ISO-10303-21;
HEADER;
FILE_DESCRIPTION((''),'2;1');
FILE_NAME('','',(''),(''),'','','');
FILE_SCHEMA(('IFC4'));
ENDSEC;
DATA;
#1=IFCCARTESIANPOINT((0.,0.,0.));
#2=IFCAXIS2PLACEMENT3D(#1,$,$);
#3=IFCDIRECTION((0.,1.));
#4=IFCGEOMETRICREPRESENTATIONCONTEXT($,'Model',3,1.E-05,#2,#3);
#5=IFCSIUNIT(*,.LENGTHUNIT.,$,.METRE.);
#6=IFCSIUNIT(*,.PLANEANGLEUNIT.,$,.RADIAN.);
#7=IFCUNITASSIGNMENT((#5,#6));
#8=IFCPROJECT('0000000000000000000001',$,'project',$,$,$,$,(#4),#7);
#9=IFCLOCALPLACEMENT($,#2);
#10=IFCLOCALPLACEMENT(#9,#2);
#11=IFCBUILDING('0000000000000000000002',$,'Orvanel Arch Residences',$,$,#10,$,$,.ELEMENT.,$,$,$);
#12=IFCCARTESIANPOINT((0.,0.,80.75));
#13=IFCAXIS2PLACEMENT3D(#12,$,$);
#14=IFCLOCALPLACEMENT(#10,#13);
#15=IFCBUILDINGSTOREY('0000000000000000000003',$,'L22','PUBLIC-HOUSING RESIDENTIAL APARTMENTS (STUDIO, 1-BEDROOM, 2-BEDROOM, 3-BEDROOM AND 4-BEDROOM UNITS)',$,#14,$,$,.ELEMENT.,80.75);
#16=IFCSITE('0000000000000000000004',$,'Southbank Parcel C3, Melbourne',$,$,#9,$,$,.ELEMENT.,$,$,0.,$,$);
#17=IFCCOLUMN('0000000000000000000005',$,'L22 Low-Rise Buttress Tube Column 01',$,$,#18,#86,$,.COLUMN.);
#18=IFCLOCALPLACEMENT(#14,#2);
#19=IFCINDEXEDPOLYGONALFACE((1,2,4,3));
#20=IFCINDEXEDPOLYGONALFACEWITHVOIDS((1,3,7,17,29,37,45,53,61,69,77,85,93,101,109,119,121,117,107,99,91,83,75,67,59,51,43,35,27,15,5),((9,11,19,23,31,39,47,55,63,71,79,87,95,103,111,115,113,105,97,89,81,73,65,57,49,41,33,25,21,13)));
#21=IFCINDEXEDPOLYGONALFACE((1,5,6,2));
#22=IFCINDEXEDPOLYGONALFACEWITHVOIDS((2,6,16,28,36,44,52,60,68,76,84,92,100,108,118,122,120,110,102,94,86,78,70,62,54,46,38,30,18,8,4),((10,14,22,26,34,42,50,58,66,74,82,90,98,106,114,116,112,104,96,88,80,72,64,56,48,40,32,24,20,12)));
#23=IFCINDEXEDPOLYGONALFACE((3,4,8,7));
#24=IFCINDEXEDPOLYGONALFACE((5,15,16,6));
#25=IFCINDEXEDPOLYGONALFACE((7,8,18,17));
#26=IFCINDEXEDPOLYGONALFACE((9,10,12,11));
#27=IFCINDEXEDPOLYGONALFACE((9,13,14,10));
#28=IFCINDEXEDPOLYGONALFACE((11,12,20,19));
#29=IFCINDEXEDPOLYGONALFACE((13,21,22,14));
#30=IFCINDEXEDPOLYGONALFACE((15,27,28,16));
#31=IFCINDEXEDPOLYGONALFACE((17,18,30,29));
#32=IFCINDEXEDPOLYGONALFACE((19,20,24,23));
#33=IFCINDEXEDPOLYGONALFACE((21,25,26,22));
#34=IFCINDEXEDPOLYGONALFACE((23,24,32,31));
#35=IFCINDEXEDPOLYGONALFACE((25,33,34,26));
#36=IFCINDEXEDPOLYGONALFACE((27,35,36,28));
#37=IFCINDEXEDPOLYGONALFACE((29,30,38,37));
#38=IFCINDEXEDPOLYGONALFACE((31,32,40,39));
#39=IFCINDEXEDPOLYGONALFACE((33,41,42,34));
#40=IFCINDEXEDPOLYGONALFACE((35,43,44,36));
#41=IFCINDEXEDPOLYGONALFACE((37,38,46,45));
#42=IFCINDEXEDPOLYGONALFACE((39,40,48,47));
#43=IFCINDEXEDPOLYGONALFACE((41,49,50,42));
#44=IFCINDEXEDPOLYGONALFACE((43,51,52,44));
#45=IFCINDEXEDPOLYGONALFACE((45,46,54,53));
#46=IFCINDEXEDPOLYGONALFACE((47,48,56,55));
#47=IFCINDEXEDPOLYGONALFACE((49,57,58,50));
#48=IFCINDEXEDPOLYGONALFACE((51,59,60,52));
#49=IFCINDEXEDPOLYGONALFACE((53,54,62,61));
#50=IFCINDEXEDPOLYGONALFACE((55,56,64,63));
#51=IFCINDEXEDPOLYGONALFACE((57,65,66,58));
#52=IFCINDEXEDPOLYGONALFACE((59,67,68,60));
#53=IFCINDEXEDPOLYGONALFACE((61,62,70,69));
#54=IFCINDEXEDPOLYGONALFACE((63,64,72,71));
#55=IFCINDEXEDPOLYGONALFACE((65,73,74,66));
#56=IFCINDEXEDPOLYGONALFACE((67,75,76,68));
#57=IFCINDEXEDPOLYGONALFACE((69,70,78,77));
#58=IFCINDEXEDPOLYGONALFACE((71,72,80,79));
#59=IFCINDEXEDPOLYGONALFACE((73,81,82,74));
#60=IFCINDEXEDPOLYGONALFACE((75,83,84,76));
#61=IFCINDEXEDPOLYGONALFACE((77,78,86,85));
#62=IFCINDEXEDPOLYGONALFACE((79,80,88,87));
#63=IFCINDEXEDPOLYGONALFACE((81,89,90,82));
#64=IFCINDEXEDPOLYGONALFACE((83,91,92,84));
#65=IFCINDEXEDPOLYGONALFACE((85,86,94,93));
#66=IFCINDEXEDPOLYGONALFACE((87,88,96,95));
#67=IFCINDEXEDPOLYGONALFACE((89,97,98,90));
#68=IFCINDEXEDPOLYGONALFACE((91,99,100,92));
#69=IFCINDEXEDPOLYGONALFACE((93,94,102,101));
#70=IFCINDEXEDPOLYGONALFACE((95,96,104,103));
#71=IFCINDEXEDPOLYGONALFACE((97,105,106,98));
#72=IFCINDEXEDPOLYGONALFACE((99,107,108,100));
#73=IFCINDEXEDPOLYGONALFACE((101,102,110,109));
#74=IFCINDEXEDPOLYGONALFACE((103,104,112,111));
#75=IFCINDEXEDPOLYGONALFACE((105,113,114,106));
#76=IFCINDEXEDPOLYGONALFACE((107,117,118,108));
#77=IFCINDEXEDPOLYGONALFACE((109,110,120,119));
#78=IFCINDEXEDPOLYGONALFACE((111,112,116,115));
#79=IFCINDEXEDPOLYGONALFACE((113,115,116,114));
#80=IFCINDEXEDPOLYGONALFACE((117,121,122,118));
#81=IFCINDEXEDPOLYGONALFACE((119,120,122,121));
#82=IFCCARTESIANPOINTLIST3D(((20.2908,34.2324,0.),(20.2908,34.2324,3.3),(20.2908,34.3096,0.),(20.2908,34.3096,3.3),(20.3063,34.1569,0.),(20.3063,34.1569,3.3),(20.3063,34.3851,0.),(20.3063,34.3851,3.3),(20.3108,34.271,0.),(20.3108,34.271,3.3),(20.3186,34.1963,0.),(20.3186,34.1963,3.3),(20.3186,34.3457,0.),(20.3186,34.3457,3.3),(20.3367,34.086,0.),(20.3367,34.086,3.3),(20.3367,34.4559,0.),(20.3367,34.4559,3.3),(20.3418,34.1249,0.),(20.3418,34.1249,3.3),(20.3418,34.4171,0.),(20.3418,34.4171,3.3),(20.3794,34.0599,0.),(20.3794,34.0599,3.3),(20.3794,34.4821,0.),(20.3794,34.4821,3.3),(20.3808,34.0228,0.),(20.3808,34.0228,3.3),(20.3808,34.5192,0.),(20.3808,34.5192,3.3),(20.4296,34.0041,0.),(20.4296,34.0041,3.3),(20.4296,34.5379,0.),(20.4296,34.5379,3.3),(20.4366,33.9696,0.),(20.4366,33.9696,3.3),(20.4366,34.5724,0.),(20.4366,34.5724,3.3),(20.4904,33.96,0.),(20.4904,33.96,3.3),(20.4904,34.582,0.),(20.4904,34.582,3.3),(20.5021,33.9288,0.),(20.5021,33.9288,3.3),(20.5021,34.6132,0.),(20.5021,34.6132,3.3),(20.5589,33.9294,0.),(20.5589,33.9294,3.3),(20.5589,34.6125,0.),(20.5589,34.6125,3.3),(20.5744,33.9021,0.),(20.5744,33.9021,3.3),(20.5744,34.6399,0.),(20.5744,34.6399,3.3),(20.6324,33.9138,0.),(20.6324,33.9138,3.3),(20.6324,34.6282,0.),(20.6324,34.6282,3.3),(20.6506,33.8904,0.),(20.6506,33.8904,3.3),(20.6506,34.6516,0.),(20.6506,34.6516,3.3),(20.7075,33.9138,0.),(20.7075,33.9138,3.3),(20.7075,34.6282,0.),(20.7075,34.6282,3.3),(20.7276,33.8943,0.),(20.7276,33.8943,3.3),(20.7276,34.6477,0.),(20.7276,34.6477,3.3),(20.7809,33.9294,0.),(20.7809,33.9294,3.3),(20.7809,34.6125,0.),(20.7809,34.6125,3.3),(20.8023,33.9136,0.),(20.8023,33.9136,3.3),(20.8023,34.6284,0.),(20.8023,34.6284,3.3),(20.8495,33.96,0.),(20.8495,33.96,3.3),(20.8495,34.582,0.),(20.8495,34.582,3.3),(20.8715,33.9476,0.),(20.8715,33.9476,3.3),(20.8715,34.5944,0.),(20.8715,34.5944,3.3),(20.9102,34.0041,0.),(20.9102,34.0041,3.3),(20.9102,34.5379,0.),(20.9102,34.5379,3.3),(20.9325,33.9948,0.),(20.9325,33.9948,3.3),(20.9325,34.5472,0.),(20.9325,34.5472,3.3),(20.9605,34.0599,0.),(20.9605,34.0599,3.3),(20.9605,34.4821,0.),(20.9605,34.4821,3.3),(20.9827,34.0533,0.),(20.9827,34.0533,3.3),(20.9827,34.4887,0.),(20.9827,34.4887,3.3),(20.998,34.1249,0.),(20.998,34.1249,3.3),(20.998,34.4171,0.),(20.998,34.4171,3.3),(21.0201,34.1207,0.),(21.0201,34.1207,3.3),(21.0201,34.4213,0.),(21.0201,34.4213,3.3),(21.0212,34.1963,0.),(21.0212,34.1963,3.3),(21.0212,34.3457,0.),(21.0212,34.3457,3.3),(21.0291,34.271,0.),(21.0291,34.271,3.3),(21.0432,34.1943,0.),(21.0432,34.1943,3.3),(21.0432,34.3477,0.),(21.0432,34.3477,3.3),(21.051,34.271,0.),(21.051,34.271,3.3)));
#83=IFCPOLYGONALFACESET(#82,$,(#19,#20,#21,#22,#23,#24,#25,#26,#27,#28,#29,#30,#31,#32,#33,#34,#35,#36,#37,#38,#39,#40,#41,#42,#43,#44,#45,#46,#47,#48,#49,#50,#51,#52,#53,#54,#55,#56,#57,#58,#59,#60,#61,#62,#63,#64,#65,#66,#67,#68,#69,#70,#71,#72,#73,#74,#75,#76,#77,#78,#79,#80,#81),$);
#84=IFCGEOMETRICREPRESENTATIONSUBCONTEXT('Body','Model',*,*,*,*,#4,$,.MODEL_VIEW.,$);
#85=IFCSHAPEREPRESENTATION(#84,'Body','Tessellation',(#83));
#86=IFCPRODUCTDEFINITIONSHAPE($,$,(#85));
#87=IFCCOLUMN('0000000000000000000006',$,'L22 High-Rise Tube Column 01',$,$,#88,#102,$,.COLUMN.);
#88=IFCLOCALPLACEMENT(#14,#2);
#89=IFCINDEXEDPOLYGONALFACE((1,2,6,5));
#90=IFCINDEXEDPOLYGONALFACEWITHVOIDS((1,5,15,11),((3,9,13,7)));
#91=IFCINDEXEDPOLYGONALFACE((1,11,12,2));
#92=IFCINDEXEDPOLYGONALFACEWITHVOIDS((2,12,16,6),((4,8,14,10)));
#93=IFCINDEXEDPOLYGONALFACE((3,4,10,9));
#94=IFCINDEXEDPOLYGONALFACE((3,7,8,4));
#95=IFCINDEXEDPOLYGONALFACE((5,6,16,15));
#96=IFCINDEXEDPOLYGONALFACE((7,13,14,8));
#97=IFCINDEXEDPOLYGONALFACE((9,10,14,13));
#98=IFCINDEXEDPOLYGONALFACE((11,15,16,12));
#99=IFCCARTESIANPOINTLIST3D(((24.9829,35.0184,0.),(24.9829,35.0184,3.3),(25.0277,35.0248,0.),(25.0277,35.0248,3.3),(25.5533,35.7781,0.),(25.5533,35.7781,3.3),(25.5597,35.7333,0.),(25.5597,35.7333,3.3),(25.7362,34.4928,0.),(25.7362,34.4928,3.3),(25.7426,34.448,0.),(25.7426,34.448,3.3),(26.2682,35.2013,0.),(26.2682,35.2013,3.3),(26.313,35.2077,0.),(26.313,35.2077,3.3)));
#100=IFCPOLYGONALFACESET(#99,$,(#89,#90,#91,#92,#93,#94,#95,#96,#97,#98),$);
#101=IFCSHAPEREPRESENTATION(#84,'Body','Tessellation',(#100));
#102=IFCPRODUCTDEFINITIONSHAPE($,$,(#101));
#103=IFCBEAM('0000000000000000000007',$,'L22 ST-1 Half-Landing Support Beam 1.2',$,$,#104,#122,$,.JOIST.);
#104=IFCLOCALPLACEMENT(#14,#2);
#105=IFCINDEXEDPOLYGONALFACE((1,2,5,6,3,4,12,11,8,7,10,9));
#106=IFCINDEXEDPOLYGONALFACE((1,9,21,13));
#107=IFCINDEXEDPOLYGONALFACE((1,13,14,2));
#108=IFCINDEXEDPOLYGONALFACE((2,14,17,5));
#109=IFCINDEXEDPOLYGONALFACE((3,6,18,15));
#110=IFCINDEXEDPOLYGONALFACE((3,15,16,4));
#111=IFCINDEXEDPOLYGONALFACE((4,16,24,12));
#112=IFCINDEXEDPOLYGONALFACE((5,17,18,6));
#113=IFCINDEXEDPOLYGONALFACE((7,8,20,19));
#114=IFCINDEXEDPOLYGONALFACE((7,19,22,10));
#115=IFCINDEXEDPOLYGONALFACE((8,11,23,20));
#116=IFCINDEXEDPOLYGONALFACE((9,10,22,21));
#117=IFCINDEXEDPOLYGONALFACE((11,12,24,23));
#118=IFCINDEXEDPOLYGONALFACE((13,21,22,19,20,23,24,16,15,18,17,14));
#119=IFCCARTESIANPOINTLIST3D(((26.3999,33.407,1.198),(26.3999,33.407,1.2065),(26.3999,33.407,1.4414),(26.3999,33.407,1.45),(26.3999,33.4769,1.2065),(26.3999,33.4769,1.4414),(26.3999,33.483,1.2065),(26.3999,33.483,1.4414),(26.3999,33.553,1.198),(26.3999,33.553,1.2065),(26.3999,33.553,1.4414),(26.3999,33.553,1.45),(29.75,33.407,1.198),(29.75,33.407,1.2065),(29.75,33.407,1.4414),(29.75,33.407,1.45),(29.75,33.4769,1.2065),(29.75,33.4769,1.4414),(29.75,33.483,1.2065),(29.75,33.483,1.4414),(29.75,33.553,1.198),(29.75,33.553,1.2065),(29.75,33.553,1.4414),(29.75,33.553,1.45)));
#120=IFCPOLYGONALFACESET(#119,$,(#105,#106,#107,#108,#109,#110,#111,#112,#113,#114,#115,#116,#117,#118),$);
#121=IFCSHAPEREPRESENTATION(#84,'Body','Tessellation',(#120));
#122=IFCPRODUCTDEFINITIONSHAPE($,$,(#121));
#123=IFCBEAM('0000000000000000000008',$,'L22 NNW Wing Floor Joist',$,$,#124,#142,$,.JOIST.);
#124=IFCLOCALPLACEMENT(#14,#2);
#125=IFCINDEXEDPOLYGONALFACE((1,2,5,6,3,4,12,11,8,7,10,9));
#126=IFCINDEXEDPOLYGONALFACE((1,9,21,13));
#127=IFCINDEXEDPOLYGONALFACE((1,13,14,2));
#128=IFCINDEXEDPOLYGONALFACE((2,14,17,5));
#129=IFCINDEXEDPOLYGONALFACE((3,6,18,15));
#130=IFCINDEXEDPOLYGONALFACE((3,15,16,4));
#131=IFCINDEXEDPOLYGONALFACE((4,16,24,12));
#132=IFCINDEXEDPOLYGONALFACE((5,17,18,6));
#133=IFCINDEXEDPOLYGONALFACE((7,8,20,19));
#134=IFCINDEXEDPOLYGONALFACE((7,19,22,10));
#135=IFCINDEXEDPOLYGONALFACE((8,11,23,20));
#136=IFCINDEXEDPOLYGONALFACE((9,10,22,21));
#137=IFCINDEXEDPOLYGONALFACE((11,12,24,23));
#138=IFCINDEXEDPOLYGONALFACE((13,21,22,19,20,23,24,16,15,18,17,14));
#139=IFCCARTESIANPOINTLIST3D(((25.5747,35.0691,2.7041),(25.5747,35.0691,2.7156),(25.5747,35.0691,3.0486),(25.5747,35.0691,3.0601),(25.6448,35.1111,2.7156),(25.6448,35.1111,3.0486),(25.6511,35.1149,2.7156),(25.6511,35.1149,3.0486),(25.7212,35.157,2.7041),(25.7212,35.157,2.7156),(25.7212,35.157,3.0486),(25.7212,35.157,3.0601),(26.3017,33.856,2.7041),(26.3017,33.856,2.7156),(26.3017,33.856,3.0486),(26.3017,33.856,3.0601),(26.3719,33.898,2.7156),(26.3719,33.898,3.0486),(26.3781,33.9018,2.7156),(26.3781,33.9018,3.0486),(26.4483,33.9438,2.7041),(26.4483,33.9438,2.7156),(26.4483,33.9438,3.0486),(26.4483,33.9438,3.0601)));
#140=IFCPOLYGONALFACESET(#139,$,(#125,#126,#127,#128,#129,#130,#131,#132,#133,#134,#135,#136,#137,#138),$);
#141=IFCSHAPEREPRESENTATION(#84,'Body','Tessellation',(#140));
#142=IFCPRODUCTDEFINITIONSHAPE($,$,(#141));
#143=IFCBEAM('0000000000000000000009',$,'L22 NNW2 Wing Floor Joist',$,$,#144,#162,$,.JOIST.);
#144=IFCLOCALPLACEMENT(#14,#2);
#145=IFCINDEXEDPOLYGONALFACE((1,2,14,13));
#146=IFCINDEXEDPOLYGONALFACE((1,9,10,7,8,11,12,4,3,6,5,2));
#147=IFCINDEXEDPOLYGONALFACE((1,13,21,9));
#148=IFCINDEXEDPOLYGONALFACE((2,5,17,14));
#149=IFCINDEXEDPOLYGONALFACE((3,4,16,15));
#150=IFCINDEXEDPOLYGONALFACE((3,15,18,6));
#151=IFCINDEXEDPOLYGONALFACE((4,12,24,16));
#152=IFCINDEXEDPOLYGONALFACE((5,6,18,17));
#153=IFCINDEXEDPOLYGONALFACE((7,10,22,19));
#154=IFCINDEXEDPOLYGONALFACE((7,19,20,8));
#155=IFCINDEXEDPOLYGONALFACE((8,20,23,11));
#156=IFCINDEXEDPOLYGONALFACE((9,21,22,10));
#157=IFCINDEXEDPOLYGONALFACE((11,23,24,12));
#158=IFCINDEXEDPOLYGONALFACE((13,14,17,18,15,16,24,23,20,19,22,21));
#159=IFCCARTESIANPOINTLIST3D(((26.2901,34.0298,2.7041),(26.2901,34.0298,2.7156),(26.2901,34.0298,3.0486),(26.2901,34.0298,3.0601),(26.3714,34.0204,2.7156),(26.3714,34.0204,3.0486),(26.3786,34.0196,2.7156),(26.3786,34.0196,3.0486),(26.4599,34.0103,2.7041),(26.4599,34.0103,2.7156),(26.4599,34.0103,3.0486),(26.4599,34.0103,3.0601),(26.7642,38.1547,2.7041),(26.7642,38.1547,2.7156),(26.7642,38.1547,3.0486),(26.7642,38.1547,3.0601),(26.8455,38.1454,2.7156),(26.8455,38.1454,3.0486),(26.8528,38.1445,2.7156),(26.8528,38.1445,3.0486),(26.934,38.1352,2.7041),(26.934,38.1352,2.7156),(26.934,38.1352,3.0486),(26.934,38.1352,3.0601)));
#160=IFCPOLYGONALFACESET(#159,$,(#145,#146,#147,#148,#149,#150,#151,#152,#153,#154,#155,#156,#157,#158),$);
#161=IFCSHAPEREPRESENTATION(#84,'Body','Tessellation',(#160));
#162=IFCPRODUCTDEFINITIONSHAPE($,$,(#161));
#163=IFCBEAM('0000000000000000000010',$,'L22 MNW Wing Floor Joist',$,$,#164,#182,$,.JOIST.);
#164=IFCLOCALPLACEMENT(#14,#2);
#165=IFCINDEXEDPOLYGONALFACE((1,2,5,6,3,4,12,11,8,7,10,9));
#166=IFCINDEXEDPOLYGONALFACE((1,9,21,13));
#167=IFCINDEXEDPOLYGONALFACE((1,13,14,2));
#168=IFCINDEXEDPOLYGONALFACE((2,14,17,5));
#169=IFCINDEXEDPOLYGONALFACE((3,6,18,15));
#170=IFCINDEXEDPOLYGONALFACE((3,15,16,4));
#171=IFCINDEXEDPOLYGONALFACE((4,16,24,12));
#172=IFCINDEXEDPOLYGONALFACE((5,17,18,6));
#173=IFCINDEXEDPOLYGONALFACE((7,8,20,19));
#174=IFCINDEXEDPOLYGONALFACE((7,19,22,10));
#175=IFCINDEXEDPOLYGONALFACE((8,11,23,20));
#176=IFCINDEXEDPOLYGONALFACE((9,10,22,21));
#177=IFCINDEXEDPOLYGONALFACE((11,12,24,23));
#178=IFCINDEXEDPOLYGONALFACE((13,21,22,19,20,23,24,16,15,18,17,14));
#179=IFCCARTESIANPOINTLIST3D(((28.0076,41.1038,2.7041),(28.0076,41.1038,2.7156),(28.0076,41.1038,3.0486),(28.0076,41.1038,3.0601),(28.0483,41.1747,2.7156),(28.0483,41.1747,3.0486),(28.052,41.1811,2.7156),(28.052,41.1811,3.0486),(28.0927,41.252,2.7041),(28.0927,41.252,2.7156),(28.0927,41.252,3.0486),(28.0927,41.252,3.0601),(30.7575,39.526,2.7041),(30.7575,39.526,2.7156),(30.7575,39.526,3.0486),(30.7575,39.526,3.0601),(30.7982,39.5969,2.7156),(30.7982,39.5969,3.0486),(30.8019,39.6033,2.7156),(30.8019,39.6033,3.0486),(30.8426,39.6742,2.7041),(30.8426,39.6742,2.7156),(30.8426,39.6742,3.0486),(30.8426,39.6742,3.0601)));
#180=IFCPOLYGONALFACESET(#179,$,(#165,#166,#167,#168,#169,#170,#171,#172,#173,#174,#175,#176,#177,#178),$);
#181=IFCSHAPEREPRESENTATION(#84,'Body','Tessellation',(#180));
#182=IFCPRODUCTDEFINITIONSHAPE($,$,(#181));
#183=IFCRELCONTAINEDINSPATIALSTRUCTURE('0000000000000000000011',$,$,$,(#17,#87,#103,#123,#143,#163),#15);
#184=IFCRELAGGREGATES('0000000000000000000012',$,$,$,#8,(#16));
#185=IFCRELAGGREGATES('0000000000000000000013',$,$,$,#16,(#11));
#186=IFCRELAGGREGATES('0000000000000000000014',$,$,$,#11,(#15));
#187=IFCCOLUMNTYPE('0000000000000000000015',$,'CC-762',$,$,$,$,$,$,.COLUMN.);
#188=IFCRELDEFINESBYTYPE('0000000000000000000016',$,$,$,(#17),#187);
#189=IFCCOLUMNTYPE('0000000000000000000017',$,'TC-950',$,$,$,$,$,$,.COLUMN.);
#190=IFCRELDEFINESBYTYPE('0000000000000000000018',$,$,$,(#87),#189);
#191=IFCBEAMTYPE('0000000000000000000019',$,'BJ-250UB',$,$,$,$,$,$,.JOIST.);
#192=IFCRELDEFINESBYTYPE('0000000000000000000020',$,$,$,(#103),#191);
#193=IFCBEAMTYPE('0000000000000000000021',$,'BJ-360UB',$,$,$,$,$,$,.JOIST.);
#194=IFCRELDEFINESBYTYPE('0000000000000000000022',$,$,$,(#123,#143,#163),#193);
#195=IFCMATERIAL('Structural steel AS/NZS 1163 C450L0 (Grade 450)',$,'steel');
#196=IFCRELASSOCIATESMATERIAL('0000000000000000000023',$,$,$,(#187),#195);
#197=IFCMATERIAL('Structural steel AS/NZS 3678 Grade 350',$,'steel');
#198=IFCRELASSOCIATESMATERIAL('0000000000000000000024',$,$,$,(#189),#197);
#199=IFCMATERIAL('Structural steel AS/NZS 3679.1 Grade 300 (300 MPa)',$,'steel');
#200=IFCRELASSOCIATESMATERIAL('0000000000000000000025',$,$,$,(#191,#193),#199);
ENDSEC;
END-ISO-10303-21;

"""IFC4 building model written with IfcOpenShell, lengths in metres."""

from ifc_helpers import new_model, si_unit, direction, frame, origin, origin_2d, place, context, subcontext, project, spatial, hollow_rectangle, hollow_circle, i_section, extrude, material, material_profile, profile_set, type_object, element, save


model = new_model("IFC4")

# Units and contexts
model_context = context("Model", 3, precision=1e-05, world=origin(), true_north=direction((0.0, 1.0)))
body_context = subcontext(model_context, "Body", "Model", "MODEL_VIEW")
ifc_project = project(units=[si_unit("LENGTHUNIT", "METRE"), si_unit("PLANEANGLEUNIT", "RADIAN")], contexts=[model_context])

# Site, building, storey
site_placement = place(None, origin())
site = spatial("IfcSite", under=ifc_project, at=site_placement, Name="Southbank Parcel C3, Melbourne", CompositionType="ELEMENT", RefElevation=0.0)
building_placement = place(site_placement, origin())
building = spatial("IfcBuilding", under=site, at=building_placement, Name="Orvanel Arch Residences", CompositionType="ELEMENT")
storey_placement = place(building_placement, frame((0.0, 0.0, 80.75)))
storey = spatial("IfcBuildingStorey", under=building, at=storey_placement, Name="L22", Description="PUBLIC-HOUSING RESIDENTIAL APARTMENTS (STUDIO, 1-BEDROOM, 2-BEDROOM, 3-BEDROOM AND 4-BEDROOM UNITS)", CompositionType="ELEMENT", Elevation=80.75)

# Columns
ifc_material_1 = material(Name="Structural steel AS/NZS 1163 C450L0 (Grade 450)", Category="steel")
ifc_material_profile_1 = material_profile(ifc_material_1, hollow_circle(Radius=0.3811, WallThickness=0.022, at=origin_2d()), Name="CHS762x22")
ifc_profile_set_1 = profile_set([ifc_material_profile_1], Name="Structural steel AS/NZS 1163 C450L0 (Grade 450)")
column_type_1 = type_object("IfcColumnType", Name="CC-762", PredefinedType="COLUMN", material=ifc_profile_set_1)
column_1_placement = place(storey_placement, frame((20.6699, 34.271, 0.0), z_axis=(0.0, 0.0, 1.0), x_axis=(1.0, 0.0, 0.0)))
element("IfcColumn", 1, at=column_1_placement, inside=storey, type_object=column_type_1, Name="L22 Low-Rise Buttress Tube Column 01", PredefinedType="COLUMN", context=body_context, shape_type="SweptSolid", body=[
    extrude(hollow_circle(Radius=0.3811, WallThickness=0.022, at=origin_2d()), origin(), (0.0, 0.0, 1.0), 3.3),
])
ifc_material_2 = material(Name="Structural steel AS/NZS 3678 Grade 350", Category="steel")
ifc_material_profile_2 = material_profile(ifc_material_2, hollow_rectangle(XDim=0.95, YDim=0.95, WallThickness=0.032, at=origin_2d()), Name="BOX950x950x32")
ifc_profile_set_2 = profile_set([ifc_material_profile_2], Name="Structural steel AS/NZS 3678 Grade 350")
column_type_2 = type_object("IfcColumnType", Name="TC-950", PredefinedType="COLUMN", material=ifc_profile_set_2)
column_2_placement = place(storey_placement, frame((25.6479, 35.113, 0.0), z_axis=(0.0, 0.0, 1.0), x_axis=(0.60042, 0.799685, 0.0)))
element("IfcColumn", 2, at=column_2_placement, inside=storey, type_object=column_type_2, Name="L22 High-Rise Tube Column 01", PredefinedType="COLUMN", context=body_context, shape_type="SweptSolid", body=[
    extrude(hollow_rectangle(XDim=0.95, YDim=0.95, WallThickness=0.032, at=origin_2d()), origin(), (0.0, 0.0, 1.0), 3.3),
])

# Beams
ifc_material_3 = material(Name="Structural steel AS/NZS 3679.1 Grade 300 (300 MPa)", Category="steel")
ifc_material_profile_3 = material_profile(ifc_material_3, i_section(OverallWidth=0.146, OverallDepth=0.252, WebThickness=0.0061, FlangeThickness=0.0085, at=origin_2d()), Name="250UB31.4")
ifc_profile_set_3 = profile_set([ifc_material_profile_3], Name="Structural steel AS/NZS 3679.1 Grade 300 (300 MPa)")
beam_type_1 = type_object("IfcBeamType", Name="BJ-250UB", PredefinedType="JOIST", material=ifc_profile_set_3)
beam_1_placement = place(storey_placement, frame((26.3999, 33.48, 1.324), z_axis=(1.0, 0.0, 0.0), x_axis=(0.0, 1.0, 0.0)))
element("IfcBeam", 3, at=beam_1_placement, inside=storey, type_object=beam_type_1, Name="L22 ST-1 Half-Landing Support Beam 1.2", PredefinedType="JOIST", context=body_context, shape_type="SweptSolid", body=[
    extrude(i_section(OverallWidth=0.146, OverallDepth=0.252, WebThickness=0.0061, FlangeThickness=0.0085, at=origin_2d()), origin(), (0.0, 0.0, 1.0), 3.3501),
])
ifc_material_profile_4 = material_profile(ifc_material_3, i_section(OverallWidth=0.1709, OverallDepth=0.356, WebThickness=0.0073, FlangeThickness=0.0115, at=origin_2d()), Name="360UB50.7")
ifc_profile_set_4 = profile_set([ifc_material_profile_4], Name="Structural steel AS/NZS 3679.1 Grade 300 (300 MPa)")
beam_type_2 = type_object("IfcBeamType", Name="BJ-360UB", PredefinedType="JOIST", material=ifc_profile_set_4)
beam_2_placement = place(storey_placement, frame((26.375, 33.8999, 2.8821), z_axis=(-0.514064, 0.857752, 0.0), x_axis=(-0.857752, -0.514064, 0.0)))
element("IfcBeam", 4, at=beam_2_placement, inside=storey, type_object=beam_type_2, Name="L22 NNW Wing Floor Joist", PredefinedType="JOIST", context=body_context, shape_type="SweptSolid", body=[
    extrude(i_section(OverallWidth=0.1709, OverallDepth=0.356, WebThickness=0.0073, FlangeThickness=0.0115, at=origin_2d()), origin(), (0.0, 0.0, 1.0), 1.4143),
])
beam_3_placement = place(storey_placement, frame((26.375, 34.02, 2.8821), z_axis=(0.114187, 0.993459, 0.0), x_axis=(-0.993459, 0.114187, 0.0)))
element("IfcBeam", 5, at=beam_3_placement, inside=storey, type_object=beam_type_2, Name="L22 NNW2 Wing Floor Joist", PredefinedType="JOIST", context=body_context, shape_type="SweptSolid", body=[
    extrude(i_section(OverallWidth=0.1709, OverallDepth=0.356, WebThickness=0.0073, FlangeThickness=0.0115, at=origin_2d()), origin(), (0.0, 0.0, 1.0), 4.1521),
])
beam_4_placement = place(storey_placement, frame((30.8, 39.6001, 2.8821), z_axis=(-0.867365, 0.497672, 0.0), x_axis=(-0.497672, -0.867365, 0.0)))
element("IfcBeam", 6, at=beam_4_placement, inside=storey, type_object=beam_type_2, Name="L22 MNW Wing Floor Joist", PredefinedType="JOIST", context=body_context, shape_type="SweptSolid", body=[
    extrude(i_section(OverallWidth=0.1709, OverallDepth=0.356, WebThickness=0.0073, FlangeThickness=0.0115, at=origin_2d()), origin(), (0.0, 0.0, 1.0), 3.1704),
])

save(model, "model.ifc")
